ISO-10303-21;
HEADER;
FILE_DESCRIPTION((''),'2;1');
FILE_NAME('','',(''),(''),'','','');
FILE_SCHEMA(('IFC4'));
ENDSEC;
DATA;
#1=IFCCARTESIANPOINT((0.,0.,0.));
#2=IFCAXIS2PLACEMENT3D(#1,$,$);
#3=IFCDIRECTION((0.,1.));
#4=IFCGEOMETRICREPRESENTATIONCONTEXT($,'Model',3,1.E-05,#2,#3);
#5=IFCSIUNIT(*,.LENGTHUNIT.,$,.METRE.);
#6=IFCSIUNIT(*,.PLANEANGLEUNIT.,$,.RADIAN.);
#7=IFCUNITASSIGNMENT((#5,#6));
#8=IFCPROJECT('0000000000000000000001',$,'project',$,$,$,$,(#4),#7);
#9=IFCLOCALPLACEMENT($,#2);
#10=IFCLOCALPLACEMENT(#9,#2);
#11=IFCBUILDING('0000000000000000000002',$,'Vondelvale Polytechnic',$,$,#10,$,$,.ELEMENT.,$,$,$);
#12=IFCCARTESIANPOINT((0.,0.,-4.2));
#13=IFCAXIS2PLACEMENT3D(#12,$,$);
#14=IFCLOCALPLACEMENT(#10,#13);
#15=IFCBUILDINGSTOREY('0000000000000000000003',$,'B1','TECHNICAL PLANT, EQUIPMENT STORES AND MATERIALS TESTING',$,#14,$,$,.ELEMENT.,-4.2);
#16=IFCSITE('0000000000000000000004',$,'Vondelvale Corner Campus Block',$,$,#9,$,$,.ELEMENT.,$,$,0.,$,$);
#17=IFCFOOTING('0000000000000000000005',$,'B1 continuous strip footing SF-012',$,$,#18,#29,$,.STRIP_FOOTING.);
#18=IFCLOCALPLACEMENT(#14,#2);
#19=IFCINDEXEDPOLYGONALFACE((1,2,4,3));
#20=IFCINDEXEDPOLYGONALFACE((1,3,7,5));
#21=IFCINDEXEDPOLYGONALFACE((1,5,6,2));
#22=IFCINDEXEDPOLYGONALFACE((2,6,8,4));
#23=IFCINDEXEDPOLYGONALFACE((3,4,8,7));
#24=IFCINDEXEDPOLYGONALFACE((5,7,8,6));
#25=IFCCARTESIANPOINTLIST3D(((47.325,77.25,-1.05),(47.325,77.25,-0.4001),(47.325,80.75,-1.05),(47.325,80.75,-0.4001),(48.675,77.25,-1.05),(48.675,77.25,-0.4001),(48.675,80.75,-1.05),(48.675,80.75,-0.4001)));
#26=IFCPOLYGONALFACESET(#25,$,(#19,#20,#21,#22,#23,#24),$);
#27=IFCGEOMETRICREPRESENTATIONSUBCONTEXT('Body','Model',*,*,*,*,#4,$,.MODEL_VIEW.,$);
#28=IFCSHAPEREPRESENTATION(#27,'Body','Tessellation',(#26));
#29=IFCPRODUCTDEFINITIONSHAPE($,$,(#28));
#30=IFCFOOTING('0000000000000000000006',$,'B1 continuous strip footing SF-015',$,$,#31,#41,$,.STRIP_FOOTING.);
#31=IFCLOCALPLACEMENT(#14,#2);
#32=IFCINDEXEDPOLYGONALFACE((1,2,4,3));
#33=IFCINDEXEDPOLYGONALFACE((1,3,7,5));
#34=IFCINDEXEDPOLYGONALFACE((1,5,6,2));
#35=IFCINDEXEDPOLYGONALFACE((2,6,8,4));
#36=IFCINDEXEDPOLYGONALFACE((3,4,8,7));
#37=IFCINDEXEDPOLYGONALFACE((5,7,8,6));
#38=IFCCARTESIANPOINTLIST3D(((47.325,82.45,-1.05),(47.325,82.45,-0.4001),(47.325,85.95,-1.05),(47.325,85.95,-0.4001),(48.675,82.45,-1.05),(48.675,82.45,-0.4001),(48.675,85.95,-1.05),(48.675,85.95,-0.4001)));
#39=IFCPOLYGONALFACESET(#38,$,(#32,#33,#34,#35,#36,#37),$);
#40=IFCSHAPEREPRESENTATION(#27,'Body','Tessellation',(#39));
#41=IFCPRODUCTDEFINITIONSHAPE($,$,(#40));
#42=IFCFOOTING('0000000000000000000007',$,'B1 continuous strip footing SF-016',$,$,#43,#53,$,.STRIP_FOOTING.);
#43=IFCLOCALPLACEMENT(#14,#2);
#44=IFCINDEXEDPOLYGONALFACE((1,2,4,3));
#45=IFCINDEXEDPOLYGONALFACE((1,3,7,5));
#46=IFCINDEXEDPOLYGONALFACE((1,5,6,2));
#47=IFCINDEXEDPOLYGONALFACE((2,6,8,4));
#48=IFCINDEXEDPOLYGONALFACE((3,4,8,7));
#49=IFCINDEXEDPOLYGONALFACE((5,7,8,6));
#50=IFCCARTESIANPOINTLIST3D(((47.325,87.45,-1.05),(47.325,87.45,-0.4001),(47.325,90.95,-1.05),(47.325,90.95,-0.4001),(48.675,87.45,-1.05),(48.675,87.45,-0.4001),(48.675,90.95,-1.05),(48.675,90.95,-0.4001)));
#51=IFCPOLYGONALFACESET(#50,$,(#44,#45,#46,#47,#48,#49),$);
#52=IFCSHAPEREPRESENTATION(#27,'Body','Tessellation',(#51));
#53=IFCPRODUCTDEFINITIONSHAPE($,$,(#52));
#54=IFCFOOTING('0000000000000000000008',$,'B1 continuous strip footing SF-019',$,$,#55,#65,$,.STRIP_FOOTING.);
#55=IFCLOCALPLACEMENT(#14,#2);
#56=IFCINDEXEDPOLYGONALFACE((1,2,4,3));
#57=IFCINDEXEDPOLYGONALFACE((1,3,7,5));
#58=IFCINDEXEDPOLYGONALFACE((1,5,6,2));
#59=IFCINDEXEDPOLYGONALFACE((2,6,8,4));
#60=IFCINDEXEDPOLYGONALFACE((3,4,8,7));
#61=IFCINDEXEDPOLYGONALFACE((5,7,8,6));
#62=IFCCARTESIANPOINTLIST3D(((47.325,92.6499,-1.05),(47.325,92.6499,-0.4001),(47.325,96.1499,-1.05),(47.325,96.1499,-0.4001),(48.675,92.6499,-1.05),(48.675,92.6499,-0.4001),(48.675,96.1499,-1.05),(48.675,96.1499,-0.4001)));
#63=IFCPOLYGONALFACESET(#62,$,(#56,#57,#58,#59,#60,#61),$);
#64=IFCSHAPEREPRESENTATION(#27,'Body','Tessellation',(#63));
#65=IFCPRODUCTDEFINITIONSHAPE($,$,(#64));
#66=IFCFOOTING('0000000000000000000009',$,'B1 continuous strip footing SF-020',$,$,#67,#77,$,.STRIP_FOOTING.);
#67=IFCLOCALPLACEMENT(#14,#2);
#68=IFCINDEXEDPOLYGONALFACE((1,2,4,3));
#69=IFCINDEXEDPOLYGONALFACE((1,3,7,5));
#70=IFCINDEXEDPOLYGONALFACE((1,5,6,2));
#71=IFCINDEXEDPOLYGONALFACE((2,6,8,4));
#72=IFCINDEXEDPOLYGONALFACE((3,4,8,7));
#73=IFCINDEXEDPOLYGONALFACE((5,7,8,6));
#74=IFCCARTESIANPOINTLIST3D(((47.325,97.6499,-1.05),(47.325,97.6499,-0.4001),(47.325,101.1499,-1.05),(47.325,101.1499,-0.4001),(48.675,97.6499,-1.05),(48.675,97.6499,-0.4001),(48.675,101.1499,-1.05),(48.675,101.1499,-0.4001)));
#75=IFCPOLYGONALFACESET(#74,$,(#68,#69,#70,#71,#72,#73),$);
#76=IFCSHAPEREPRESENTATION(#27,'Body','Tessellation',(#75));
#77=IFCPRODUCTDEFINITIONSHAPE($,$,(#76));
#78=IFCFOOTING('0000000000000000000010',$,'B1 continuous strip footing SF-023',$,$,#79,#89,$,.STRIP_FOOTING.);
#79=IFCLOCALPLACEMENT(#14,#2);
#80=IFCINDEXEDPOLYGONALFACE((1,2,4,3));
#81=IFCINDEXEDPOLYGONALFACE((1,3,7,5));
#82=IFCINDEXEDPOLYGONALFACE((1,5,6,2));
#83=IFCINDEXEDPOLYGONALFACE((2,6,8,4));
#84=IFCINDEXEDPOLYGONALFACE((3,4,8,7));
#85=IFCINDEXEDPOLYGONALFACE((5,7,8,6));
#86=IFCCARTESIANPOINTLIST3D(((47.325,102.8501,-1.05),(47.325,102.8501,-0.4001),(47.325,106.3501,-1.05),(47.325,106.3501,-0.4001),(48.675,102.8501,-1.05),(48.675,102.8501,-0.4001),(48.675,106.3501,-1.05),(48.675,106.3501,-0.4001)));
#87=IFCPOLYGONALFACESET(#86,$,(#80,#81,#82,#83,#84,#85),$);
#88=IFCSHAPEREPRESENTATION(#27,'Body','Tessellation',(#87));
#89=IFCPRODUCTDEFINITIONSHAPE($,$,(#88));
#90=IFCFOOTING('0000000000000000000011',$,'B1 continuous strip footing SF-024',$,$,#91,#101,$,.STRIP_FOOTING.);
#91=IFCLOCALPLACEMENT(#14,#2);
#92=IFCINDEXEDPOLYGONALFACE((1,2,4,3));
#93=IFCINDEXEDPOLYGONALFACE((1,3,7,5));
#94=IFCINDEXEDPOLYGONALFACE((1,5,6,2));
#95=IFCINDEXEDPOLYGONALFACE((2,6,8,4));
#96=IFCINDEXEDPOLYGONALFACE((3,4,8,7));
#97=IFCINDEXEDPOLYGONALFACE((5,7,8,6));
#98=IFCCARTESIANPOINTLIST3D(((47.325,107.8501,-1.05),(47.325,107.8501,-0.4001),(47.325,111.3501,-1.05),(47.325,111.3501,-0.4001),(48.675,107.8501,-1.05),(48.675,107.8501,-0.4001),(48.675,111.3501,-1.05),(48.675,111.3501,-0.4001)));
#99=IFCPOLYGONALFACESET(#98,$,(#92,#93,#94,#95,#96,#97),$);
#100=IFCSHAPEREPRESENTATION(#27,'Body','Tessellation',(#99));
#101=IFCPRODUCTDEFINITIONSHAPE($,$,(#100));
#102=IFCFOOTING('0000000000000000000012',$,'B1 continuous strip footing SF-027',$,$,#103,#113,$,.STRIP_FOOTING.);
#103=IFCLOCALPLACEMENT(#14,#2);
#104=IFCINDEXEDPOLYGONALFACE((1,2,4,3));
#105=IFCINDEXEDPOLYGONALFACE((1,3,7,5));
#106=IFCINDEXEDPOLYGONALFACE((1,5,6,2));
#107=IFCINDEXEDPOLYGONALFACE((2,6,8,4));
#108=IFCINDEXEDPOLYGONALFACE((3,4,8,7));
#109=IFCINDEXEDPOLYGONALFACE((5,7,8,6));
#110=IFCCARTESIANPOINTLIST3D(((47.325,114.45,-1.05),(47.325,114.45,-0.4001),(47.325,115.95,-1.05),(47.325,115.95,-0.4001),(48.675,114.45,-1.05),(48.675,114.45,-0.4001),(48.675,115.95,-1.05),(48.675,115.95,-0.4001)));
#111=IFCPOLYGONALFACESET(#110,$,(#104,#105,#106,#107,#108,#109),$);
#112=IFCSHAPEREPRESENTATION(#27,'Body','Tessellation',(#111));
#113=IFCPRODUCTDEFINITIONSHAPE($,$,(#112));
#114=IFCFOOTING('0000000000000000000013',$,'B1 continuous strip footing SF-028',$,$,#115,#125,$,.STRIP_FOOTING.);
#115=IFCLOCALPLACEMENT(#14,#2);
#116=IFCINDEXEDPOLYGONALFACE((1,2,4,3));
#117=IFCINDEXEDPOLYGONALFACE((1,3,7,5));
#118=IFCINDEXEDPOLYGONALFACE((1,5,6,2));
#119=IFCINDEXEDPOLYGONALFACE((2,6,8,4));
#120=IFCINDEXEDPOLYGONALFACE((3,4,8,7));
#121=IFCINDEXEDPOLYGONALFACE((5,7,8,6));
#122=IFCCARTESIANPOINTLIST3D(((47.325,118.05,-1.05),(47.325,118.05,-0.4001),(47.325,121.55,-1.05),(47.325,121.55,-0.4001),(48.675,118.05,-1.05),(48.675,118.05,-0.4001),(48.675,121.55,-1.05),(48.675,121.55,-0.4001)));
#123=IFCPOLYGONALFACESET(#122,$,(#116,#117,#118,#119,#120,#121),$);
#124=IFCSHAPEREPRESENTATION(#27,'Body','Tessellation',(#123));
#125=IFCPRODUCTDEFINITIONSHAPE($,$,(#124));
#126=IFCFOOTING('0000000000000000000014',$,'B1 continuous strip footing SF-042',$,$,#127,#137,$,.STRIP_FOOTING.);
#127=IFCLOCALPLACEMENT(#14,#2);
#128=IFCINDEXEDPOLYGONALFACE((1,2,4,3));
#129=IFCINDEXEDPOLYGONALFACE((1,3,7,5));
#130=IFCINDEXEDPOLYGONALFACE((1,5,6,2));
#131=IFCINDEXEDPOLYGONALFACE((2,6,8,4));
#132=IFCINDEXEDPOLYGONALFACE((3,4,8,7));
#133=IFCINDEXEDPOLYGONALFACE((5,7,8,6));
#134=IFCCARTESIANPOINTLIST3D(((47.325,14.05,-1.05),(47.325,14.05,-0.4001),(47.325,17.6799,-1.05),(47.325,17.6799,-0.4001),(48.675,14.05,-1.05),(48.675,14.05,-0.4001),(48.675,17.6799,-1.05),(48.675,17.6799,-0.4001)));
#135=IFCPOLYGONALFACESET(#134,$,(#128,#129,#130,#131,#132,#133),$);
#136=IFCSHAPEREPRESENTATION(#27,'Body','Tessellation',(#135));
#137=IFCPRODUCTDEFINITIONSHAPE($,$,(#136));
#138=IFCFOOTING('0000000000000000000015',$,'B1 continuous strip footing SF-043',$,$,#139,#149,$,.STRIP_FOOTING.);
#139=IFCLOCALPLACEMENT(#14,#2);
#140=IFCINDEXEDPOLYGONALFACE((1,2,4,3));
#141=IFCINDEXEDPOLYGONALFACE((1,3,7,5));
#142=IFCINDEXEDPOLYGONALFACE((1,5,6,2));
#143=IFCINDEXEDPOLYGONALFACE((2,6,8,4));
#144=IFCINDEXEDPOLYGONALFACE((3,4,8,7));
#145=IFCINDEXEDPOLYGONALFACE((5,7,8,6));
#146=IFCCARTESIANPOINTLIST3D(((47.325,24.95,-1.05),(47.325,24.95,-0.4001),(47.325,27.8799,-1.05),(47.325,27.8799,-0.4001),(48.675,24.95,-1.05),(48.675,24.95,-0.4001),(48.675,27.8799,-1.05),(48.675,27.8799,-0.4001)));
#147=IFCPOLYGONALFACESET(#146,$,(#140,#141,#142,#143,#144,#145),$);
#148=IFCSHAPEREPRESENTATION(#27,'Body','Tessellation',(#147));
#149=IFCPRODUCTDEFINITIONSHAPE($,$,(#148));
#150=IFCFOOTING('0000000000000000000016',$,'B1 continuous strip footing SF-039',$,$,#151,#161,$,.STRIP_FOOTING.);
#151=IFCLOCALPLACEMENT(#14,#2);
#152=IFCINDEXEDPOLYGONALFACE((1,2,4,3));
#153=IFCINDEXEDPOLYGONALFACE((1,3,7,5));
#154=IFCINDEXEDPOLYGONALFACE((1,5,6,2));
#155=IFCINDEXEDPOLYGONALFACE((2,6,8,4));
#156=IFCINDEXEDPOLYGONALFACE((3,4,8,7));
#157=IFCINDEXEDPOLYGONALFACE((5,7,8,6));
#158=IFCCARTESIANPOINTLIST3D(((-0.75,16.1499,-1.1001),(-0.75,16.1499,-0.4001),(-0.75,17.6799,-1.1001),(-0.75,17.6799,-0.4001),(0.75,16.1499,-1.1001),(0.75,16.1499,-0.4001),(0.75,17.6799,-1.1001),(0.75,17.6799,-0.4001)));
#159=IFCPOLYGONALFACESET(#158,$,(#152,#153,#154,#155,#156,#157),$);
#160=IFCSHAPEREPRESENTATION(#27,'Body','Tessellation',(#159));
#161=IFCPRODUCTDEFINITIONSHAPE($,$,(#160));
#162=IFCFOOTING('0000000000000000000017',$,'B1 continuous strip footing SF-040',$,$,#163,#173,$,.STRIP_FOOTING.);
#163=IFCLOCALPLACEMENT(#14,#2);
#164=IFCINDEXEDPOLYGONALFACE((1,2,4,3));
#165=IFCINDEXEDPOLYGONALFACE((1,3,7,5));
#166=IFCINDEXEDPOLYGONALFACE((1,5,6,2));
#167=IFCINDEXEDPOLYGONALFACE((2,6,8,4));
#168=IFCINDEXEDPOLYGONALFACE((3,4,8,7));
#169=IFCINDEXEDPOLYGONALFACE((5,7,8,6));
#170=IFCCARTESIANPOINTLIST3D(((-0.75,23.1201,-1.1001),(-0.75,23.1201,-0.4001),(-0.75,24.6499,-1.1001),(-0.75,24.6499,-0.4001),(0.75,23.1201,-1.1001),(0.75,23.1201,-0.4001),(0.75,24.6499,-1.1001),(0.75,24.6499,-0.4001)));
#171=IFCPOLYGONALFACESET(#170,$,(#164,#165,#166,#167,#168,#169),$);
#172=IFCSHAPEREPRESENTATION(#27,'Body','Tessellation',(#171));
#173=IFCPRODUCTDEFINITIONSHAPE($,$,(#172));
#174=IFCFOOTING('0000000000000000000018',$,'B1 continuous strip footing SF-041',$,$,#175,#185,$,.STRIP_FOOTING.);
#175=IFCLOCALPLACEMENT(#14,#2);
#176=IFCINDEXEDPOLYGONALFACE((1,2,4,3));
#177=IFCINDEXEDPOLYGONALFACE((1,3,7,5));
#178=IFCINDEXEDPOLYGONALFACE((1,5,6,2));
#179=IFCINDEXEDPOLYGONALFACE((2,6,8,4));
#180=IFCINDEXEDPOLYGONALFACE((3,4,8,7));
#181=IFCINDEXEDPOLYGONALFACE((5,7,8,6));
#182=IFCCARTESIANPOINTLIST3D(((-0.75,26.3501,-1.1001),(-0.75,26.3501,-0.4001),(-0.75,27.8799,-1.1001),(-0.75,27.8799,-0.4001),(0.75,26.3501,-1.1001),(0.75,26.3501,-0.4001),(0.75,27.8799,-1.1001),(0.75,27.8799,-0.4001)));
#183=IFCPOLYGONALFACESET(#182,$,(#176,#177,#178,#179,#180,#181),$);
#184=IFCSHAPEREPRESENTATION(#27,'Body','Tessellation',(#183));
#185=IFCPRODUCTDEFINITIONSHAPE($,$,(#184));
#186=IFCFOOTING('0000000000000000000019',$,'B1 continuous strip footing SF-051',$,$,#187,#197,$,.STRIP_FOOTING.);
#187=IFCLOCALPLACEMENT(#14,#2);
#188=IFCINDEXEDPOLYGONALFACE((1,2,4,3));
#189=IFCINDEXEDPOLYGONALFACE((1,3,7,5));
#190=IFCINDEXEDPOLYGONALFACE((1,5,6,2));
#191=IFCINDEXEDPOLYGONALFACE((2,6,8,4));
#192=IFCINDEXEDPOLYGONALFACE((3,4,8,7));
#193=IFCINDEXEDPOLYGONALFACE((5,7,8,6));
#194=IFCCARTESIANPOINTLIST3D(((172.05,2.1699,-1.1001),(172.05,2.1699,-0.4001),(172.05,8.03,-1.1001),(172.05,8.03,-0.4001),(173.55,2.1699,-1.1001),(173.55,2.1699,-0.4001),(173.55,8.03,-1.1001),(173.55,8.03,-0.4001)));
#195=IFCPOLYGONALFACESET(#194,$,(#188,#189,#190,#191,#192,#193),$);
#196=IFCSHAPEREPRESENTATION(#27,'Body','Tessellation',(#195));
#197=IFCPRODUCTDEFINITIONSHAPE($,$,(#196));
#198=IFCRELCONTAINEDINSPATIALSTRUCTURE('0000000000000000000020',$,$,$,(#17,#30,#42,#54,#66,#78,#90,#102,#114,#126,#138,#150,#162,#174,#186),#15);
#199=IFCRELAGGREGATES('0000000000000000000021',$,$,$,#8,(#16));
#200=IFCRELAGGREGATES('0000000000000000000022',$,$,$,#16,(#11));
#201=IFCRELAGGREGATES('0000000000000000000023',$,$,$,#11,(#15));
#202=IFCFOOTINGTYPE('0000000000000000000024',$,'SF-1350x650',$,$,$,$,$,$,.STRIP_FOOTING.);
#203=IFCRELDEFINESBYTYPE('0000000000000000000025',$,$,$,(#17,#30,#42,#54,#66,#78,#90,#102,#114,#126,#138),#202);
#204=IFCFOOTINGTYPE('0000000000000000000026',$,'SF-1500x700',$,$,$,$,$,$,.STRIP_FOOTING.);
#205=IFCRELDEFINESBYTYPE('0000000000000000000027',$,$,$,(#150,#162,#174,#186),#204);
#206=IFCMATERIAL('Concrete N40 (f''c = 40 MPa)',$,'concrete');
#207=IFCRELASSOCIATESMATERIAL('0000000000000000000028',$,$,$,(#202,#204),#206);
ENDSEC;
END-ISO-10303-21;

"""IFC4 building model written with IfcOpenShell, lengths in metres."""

from ifc_helpers import new_model, si_unit, direction, frame, origin, place, context, subcontext, project, spatial, polyline, outline, extrude, material, type_object, element, save


model = new_model("IFC4")

# Units and contexts
model_context = context("Model", 3, precision=1e-05, world=origin(), true_north=direction((0.0, 1.0)))
body_context = subcontext(model_context, "Body", "Model", "MODEL_VIEW")
ifc_project = project(units=[si_unit("LENGTHUNIT", "METRE"), si_unit("PLANEANGLEUNIT", "RADIAN")], contexts=[model_context])

# Site, building, storey
site_placement = place(None, origin())
site = spatial("IfcSite", under=ifc_project, at=site_placement, Name="Vondelvale Corner Campus Block", CompositionType="ELEMENT", RefElevation=0.0)
building_placement = place(site_placement, origin())
building = spatial("IfcBuilding", under=site, at=building_placement, Name="Vondelvale Polytechnic", CompositionType="ELEMENT")
storey_placement = place(building_placement, frame((0.0, 0.0, -4.2)))
storey = spatial("IfcBuildingStorey", under=building, at=storey_placement, Name="B1", Description="TECHNICAL PLANT, EQUIPMENT STORES AND MATERIALS TESTING", CompositionType="ELEMENT", Elevation=-4.2)

# Footings
ifc_material = material(Name="Concrete N40 (f'c = 40 MPa)", Category="concrete")
footing_type_1 = type_object("IfcFootingType", Name="SF-1350x650", PredefinedType="STRIP_FOOTING", material=ifc_material)
footing_1_placement = place(storey_placement, frame((0.0, 0.0, -1.05)))
element("IfcFooting", 1, at=footing_1_placement, inside=storey, type_object=footing_type_1, Name="B1 continuous strip footing SF-012", PredefinedType="STRIP_FOOTING", context=body_context, shape_type="SweptSolid", body=[
    extrude(outline(polyline([(48.675, 77.25), (47.325, 77.25), (47.325, 80.75), (48.675, 80.75), (48.675, 77.25)])), origin(), (0.0, 0.0, 1.0), 0.6499),
])
footing_2_placement = place(storey_placement, frame((0.0, 0.0, -1.05)))
element("IfcFooting", 2, at=footing_2_placement, inside=storey, type_object=footing_type_1, Name="B1 continuous strip footing SF-015", PredefinedType="STRIP_FOOTING", context=body_context, shape_type="SweptSolid", body=[
    extrude(outline(polyline([(48.675, 82.45), (47.325, 82.45), (47.325, 85.95), (48.675, 85.95), (48.675, 82.45)])), origin(), (0.0, 0.0, 1.0), 0.6499),
])
footing_3_placement = place(storey_placement, frame((0.0, 0.0, -1.05)))
element("IfcFooting", 3, at=footing_3_placement, inside=storey, type_object=footing_type_1, Name="B1 continuous strip footing SF-016", PredefinedType="STRIP_FOOTING", context=body_context, shape_type="SweptSolid", body=[
    extrude(outline(polyline([(48.675, 87.45), (47.325, 87.45), (47.325, 90.95), (48.675, 90.95), (48.675, 87.45)])), origin(), (0.0, 0.0, 1.0), 0.6499),
])
footing_4_placement = place(storey_placement, frame((0.0, 0.0, -1.05)))
element("IfcFooting", 4, at=footing_4_placement, inside=storey, type_object=footing_type_1, Name="B1 continuous strip footing SF-019", PredefinedType="STRIP_FOOTING", context=body_context, shape_type="SweptSolid", body=[
    extrude(outline(polyline([(48.675, 92.6499), (47.325, 92.6499), (47.325, 96.1499), (48.675, 96.1499), (48.675, 92.6499)])), origin(), (0.0, 0.0, 1.0), 0.6499),
])
footing_5_placement = place(storey_placement, frame((0.0, 0.0, -1.05)))
element("IfcFooting", 5, at=footing_5_placement, inside=storey, type_object=footing_type_1, Name="B1 continuous strip footing SF-020", PredefinedType="STRIP_FOOTING", context=body_context, shape_type="SweptSolid", body=[
    extrude(outline(polyline([(48.675, 97.6499), (47.325, 97.6499), (47.325, 101.1499), (48.675, 101.1499), (48.675, 97.6499)])), origin(), (0.0, 0.0, 1.0), 0.6499),
])
footing_6_placement = place(storey_placement, frame((0.0, 0.0, -1.05)))
element("IfcFooting", 6, at=footing_6_placement, inside=storey, type_object=footing_type_1, Name="B1 continuous strip footing SF-023", PredefinedType="STRIP_FOOTING", context=body_context, shape_type="SweptSolid", body=[
    extrude(outline(polyline([(48.675, 102.8501), (47.325, 102.8501), (47.325, 106.3501), (48.675, 106.3501), (48.675, 102.8501)])), origin(), (0.0, 0.0, 1.0), 0.6499),
])
footing_7_placement = place(storey_placement, frame((0.0, 0.0, -1.05)))
element("IfcFooting", 7, at=footing_7_placement, inside=storey, type_object=footing_type_1, Name="B1 continuous strip footing SF-024", PredefinedType="STRIP_FOOTING", context=body_context, shape_type="SweptSolid", body=[
    extrude(outline(polyline([(48.675, 107.8501), (47.325, 107.8501), (47.325, 111.3501), (48.675, 111.3501), (48.675, 107.8501)])), origin(), (0.0, 0.0, 1.0), 0.6499),
])
footing_8_placement = place(storey_placement, frame((0.0, 0.0, -1.05)))
element("IfcFooting", 8, at=footing_8_placement, inside=storey, type_object=footing_type_1, Name="B1 continuous strip footing SF-027", PredefinedType="STRIP_FOOTING", context=body_context, shape_type="SweptSolid", body=[
    extrude(outline(polyline([(48.675, 114.45), (47.325, 114.45), (47.325, 115.95), (48.675, 115.95), (48.675, 114.45)])), origin(), (0.0, 0.0, 1.0), 0.6499),
])
footing_9_placement = place(storey_placement, frame((0.0, 0.0, -1.05)))
element("IfcFooting", 9, at=footing_9_placement, inside=storey, type_object=footing_type_1, Name="B1 continuous strip footing SF-028", PredefinedType="STRIP_FOOTING", context=body_context, shape_type="SweptSolid", body=[
    extrude(outline(polyline([(48.675, 118.05), (47.325, 118.05), (47.325, 121.55), (48.675, 121.55), (48.675, 118.05)])), origin(), (0.0, 0.0, 1.0), 0.6499),
])
footing_10_placement = place(storey_placement, frame((0.0, 0.0, -1.05)))
element("IfcFooting", 10, at=footing_10_placement, inside=storey, type_object=footing_type_1, Name="B1 continuous strip footing SF-042", PredefinedType="STRIP_FOOTING", context=body_context, shape_type="SweptSolid", body=[
    extrude(outline(polyline([(48.675, 14.05), (47.325, 14.05), (47.325, 17.6799), (48.675, 17.6799), (48.675, 14.05)])), origin(), (0.0, 0.0, 1.0), 0.6499),
])
footing_11_placement = place(storey_placement, frame((0.0, 0.0, -1.05)))
element("IfcFooting", 11, at=footing_11_placement, inside=storey, type_object=footing_type_1, Name="B1 continuous strip footing SF-043", PredefinedType="STRIP_FOOTING", context=body_context, shape_type="SweptSolid", body=[
    extrude(outline(polyline([(48.675, 24.95), (47.325, 24.95), (47.325, 27.8799), (48.675, 27.8799), (48.675, 24.95)])), origin(), (0.0, 0.0, 1.0), 0.6499),
])
footing_type_2 = type_object("IfcFootingType", Name="SF-1500x700", PredefinedType="STRIP_FOOTING", material=ifc_material)
footing_12_placement = place(storey_placement, frame((0.0, 0.0, -1.1001)))
element("IfcFooting", 12, at=footing_12_placement, inside=storey, type_object=footing_type_2, Name="B1 continuous strip footing SF-039", PredefinedType="STRIP_FOOTING", context=body_context, shape_type="SweptSolid", body=[
    extrude(outline(polyline([(0.75, 16.1499), (-0.75, 16.1499), (-0.75, 17.6799), (0.75, 17.6799), (0.75, 16.1499)])), origin(), (0.0, 0.0, 1.0), 0.7),
])
footing_13_placement = place(storey_placement, frame((0.0, 0.0, -1.1001)))
element("IfcFooting", 13, at=footing_13_placement, inside=storey, type_object=footing_type_2, Name="B1 continuous strip footing SF-040", PredefinedType="STRIP_FOOTING", context=body_context, shape_type="SweptSolid", body=[
    extrude(outline(polyline([(0.75, 23.1201), (-0.75, 23.1201), (-0.75, 24.6499), (0.75, 24.6499), (0.75, 23.1201)])), origin(), (0.0, 0.0, 1.0), 0.7),
])
footing_14_placement = place(storey_placement, frame((0.0, 0.0, -1.1001)))
element("IfcFooting", 14, at=footing_14_placement, inside=storey, type_object=footing_type_2, Name="B1 continuous strip footing SF-041", PredefinedType="STRIP_FOOTING", context=body_context, shape_type="SweptSolid", body=[
    extrude(outline(polyline([(0.75, 26.3501), (-0.75, 26.3501), (-0.75, 27.8799), (0.75, 27.8799), (0.75, 26.3501)])), origin(), (0.0, 0.0, 1.0), 0.7),
])
footing_15_placement = place(storey_placement, frame((0.0, 0.0, -1.1001)))
element("IfcFooting", 15, at=footing_15_placement, inside=storey, type_object=footing_type_2, Name="B1 continuous strip footing SF-051", PredefinedType="STRIP_FOOTING", context=body_context, shape_type="SweptSolid", body=[
    extrude(outline(polyline([(173.55, 2.1699), (172.05, 2.1699), (172.05, 8.03), (173.55, 8.03), (173.55, 2.1699)])), origin(), (0.0, 0.0, 1.0), 0.7),
])

save(model, "model.ifc")
